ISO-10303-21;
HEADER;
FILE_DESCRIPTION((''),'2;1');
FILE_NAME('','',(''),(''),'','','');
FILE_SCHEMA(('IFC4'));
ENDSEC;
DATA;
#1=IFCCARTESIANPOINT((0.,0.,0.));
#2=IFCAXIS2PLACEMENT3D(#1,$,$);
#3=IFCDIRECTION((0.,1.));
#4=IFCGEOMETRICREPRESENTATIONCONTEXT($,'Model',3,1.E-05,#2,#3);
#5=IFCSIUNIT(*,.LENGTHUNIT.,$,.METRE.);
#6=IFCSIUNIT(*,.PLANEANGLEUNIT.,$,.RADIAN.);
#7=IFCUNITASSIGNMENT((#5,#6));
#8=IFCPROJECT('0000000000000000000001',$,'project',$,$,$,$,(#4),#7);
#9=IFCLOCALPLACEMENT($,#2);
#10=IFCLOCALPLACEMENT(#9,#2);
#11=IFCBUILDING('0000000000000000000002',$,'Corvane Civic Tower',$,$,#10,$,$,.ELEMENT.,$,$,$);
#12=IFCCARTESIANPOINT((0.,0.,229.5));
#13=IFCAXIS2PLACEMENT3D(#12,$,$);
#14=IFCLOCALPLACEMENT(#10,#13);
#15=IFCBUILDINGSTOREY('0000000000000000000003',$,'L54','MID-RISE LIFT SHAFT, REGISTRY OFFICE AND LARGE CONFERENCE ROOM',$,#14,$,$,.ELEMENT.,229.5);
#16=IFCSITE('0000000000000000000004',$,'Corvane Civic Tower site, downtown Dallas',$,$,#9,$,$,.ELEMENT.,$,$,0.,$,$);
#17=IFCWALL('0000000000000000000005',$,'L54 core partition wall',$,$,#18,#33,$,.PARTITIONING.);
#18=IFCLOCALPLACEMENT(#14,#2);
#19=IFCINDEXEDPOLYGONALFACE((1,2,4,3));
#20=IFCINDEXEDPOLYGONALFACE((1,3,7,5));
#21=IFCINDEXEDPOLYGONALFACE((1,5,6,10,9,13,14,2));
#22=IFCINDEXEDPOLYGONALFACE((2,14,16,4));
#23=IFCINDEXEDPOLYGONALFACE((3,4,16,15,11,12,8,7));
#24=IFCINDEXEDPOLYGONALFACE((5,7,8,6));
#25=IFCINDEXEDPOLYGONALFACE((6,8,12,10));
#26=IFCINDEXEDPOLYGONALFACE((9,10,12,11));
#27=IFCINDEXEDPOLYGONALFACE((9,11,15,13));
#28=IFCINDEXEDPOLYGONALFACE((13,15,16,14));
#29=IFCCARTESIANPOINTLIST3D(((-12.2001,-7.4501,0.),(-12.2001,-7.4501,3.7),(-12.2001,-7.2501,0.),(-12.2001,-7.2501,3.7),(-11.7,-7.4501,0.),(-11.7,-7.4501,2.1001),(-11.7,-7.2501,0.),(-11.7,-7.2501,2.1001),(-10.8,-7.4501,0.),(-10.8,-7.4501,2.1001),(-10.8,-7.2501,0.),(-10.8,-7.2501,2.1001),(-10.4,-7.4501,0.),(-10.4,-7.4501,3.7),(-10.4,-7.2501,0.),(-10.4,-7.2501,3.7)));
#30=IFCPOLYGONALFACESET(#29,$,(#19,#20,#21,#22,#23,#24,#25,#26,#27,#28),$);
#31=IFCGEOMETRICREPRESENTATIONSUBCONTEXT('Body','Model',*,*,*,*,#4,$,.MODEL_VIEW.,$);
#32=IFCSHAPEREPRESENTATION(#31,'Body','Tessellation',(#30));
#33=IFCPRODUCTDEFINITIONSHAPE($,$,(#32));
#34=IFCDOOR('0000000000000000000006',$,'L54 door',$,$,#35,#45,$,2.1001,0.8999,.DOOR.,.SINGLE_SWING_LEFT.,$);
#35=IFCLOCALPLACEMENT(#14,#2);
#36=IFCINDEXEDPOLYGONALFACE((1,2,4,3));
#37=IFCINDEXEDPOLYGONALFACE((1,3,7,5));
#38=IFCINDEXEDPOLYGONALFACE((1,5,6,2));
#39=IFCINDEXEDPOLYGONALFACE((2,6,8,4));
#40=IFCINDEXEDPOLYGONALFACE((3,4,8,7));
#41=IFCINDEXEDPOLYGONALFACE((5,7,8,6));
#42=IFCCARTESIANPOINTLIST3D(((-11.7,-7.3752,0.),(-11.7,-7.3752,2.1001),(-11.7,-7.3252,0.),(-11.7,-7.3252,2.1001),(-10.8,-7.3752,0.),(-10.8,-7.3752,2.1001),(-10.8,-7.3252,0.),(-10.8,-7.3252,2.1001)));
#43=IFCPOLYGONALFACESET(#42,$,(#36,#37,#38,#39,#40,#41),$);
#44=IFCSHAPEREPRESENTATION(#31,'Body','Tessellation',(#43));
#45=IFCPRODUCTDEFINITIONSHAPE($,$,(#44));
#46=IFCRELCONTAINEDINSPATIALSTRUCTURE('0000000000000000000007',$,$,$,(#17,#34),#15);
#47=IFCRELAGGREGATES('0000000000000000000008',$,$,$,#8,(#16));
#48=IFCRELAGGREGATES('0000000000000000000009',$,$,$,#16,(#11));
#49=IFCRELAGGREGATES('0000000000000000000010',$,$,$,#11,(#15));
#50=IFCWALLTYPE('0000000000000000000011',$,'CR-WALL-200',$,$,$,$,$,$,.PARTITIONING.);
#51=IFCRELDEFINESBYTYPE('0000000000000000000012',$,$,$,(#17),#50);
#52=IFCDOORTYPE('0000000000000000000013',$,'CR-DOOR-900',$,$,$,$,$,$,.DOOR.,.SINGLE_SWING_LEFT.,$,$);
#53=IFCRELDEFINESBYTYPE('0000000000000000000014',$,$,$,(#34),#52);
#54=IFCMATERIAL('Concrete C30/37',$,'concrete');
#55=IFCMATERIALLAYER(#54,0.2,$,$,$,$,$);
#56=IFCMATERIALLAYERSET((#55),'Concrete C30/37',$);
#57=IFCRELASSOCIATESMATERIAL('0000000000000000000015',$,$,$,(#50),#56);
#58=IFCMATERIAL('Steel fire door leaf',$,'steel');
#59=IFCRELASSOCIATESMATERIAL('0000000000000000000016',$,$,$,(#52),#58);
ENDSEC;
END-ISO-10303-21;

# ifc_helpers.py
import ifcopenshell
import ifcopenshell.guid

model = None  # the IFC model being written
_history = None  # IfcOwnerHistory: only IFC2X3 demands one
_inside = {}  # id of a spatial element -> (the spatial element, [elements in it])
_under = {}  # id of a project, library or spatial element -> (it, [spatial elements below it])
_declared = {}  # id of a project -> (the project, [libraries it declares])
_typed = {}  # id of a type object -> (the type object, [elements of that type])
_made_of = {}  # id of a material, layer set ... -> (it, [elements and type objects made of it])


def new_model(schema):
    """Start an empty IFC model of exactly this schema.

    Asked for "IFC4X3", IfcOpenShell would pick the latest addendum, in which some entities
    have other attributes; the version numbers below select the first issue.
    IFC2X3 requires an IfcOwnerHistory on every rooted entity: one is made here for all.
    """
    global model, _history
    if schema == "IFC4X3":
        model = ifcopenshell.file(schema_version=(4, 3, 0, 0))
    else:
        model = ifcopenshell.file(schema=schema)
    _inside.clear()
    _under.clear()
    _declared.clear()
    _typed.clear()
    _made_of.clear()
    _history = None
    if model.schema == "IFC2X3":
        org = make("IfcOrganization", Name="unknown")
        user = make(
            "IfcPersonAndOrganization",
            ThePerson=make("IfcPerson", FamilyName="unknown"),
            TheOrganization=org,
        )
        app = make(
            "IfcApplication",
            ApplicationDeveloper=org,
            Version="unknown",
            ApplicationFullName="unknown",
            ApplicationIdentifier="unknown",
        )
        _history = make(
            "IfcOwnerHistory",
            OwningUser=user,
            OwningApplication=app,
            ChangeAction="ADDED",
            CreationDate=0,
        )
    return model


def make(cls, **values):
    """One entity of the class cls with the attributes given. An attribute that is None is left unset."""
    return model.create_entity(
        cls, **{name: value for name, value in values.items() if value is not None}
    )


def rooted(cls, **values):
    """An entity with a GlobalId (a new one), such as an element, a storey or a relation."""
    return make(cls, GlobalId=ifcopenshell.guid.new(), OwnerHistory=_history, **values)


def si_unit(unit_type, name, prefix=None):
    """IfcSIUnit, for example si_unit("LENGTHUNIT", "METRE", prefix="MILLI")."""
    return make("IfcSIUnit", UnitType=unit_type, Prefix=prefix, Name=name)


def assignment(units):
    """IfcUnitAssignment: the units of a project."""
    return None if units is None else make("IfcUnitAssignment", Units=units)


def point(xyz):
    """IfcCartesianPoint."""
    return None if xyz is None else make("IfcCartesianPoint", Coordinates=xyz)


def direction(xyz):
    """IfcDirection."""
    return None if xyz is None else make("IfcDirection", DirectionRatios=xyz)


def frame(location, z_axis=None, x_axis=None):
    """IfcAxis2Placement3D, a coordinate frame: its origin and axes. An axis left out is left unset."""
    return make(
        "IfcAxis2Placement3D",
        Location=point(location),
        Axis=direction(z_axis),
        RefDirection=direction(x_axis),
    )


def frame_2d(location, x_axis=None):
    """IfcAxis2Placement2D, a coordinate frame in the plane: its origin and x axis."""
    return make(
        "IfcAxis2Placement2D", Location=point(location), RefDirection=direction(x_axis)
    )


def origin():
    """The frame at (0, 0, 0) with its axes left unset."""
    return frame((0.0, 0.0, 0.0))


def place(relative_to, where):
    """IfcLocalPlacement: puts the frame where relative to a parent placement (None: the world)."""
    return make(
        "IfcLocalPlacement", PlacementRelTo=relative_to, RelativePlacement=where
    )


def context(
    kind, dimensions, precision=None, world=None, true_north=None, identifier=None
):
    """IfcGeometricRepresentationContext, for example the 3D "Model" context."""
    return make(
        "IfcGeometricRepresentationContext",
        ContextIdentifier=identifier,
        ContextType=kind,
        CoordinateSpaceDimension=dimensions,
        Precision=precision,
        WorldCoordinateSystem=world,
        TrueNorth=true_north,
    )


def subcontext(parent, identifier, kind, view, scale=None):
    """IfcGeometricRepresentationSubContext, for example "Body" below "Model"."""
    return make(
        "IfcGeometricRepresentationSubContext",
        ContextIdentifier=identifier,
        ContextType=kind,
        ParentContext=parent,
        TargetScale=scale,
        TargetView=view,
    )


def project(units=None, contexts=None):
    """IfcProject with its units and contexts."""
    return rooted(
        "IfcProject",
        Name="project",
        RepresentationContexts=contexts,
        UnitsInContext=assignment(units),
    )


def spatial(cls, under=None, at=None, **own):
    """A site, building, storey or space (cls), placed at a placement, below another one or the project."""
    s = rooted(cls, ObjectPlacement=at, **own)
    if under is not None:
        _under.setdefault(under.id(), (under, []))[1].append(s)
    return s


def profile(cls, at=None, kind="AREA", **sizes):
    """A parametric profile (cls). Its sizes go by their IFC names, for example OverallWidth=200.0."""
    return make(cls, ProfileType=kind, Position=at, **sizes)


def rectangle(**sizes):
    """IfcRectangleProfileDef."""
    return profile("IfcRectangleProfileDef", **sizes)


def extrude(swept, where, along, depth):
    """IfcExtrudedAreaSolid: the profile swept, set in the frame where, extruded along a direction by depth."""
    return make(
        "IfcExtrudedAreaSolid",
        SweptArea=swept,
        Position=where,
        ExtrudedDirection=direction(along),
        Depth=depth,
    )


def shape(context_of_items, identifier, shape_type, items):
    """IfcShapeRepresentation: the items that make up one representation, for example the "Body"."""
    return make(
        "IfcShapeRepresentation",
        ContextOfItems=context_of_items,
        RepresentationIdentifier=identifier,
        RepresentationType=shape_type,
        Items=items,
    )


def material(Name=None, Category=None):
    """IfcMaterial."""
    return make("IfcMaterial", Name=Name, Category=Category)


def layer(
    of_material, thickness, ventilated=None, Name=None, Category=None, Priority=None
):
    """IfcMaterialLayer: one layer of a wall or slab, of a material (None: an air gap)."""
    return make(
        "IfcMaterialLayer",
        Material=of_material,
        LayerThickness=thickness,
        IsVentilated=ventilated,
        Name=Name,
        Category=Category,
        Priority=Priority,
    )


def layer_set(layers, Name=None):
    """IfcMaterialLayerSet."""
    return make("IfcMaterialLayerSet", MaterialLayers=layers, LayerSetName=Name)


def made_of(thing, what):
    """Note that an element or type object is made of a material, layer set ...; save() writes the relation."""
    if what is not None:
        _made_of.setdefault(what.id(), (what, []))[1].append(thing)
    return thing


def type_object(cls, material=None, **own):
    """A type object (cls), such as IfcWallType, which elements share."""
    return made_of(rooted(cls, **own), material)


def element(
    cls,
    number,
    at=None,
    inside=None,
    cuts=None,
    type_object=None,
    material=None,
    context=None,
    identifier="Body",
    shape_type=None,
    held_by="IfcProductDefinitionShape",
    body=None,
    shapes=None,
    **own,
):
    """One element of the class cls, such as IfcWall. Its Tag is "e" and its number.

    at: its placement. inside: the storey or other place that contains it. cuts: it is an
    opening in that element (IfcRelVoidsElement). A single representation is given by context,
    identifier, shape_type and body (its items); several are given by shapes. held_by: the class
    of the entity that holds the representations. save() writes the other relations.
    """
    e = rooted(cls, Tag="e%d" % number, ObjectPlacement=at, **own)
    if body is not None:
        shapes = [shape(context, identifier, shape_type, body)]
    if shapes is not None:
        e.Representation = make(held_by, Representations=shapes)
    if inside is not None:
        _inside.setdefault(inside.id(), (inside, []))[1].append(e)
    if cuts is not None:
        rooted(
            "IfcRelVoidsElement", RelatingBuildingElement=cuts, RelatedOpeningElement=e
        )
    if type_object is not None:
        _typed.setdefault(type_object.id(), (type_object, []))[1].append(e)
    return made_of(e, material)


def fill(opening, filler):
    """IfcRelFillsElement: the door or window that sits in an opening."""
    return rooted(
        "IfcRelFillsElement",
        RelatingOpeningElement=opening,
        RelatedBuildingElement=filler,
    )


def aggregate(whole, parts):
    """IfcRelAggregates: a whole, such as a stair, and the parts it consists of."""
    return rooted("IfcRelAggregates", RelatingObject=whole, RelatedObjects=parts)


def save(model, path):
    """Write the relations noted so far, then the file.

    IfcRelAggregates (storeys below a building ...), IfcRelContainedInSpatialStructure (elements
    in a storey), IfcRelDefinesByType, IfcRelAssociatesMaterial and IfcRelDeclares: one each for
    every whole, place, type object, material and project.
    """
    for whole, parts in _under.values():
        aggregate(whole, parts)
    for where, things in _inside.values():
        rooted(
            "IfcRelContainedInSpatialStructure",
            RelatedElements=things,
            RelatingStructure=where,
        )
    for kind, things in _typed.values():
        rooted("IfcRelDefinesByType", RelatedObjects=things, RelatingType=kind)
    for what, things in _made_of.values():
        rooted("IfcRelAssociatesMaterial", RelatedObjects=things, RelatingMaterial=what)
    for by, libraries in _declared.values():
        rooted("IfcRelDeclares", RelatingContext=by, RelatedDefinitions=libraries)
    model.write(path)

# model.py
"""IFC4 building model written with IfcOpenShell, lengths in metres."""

from ifc_helpers import new_model, si_unit, direction, frame, frame_2d, origin, place, context, subcontext, project, spatial, rectangle, extrude, material, layer, layer_set, type_object, element, fill, save


model = new_model("IFC4")

# Units and contexts
model_context = context("Model", 3, precision=1e-05, world=origin(), true_north=direction((0.0, 1.0)))
body_context = subcontext(model_context, "Body", "Model", "MODEL_VIEW")
ifc_project = project(units=[si_unit("LENGTHUNIT", "METRE"), si_unit("PLANEANGLEUNIT", "RADIAN")], contexts=[model_context])

# Site, building, storey
site_placement = place(None, origin())
site = spatial("IfcSite", under=ifc_project, at=site_placement, Name="Corvane Civic Tower site, downtown Dallas", CompositionType="ELEMENT", RefElevation=0.0)
building_placement = place(site_placement, origin())
building = spatial("IfcBuilding", under=site, at=building_placement, Name="Corvane Civic Tower", CompositionType="ELEMENT")
storey_placement = place(building_placement, frame((0.0, 0.0, 229.5)))
storey = spatial("IfcBuildingStorey", under=building, at=storey_placement, Name="L54", Description="MID-RISE LIFT SHAFT, REGISTRY OFFICE AND LARGE CONFERENCE ROOM", CompositionType="ELEMENT", Elevation=229.5)

# Wall, opening, door
ifc_material_1 = material(Name="Concrete C30/37", Category="concrete")
ifc_layer_1 = layer(ifc_material_1, 0.2)
ifc_layer_set_1 = layer_set([ifc_layer_1], Name="Concrete C30/37")
wall_type_1 = type_object("IfcWallType", Name="CR-WALL-200", PredefinedType="PARTITIONING", material=ifc_layer_set_1)
ifc_material_2 = material(Name="Steel fire door leaf", Category="steel")
door_type_1 = type_object("IfcDoorType", Name="CR-DOOR-900", OperationType="SINGLE_SWING_LEFT", PredefinedType="DOOR", material=ifc_material_2)
wall_1_placement = place(storey_placement, frame((-12.2, -7.3501, 0.0), z_axis=(0.0, 0.0, 1.0), x_axis=(1.0, 0.0, 0.0)))
wall_1 = element("IfcWall", 1, at=wall_1_placement, inside=storey, type_object=wall_type_1, Name="L54 core partition wall", PredefinedType="PARTITIONING", context=body_context, shape_type="SweptSolid", body=[
    extrude(rectangle(XDim=1.8, YDim=0.2, at=frame_2d((0.8999, 0.0))), origin(), (0.0, 0.0, 1.0), 3.7),
])
opening_1_placement = place(wall_1_placement, frame((0.5, 0.0, 0.0)))
opening_1 = element("IfcOpeningElement", 2, at=opening_1_placement, cuts=wall_1, PredefinedType="OPENING", context=body_context, shape_type="SweptSolid", body=[
    extrude(rectangle(XDim=0.8999, YDim=2.1001, at=frame_2d((0.45, 1.05))), frame((0.0, 0.1099, 0.0), z_axis=(0.0, -1.0, 0.0), x_axis=(1.0, 0.0, 0.0)), (0.0, 0.0, 1.0), 0.22),
])
door_1_placement = place(opening_1_placement, origin())
door_1 = element("IfcDoor", 3, at=door_1_placement, inside=storey, type_object=door_type_1, Name="L54 door", OperationType="SINGLE_SWING_LEFT", OverallHeight=2.1001, OverallWidth=0.8999, PredefinedType="DOOR", context=body_context, shape_type="SweptSolid", body=[
    extrude(rectangle(XDim=0.8999, YDim=2.1001, at=frame_2d((0.45, 1.05))), frame((0.0, 0.0249, 0.0), z_axis=(0.0, -1.0, 0.0), x_axis=(1.0, 0.0, 0.0)), (0.0, 0.0, 1.0), 0.05),
])
fill(opening_1, door_1)

save(model, "model.ifc")
